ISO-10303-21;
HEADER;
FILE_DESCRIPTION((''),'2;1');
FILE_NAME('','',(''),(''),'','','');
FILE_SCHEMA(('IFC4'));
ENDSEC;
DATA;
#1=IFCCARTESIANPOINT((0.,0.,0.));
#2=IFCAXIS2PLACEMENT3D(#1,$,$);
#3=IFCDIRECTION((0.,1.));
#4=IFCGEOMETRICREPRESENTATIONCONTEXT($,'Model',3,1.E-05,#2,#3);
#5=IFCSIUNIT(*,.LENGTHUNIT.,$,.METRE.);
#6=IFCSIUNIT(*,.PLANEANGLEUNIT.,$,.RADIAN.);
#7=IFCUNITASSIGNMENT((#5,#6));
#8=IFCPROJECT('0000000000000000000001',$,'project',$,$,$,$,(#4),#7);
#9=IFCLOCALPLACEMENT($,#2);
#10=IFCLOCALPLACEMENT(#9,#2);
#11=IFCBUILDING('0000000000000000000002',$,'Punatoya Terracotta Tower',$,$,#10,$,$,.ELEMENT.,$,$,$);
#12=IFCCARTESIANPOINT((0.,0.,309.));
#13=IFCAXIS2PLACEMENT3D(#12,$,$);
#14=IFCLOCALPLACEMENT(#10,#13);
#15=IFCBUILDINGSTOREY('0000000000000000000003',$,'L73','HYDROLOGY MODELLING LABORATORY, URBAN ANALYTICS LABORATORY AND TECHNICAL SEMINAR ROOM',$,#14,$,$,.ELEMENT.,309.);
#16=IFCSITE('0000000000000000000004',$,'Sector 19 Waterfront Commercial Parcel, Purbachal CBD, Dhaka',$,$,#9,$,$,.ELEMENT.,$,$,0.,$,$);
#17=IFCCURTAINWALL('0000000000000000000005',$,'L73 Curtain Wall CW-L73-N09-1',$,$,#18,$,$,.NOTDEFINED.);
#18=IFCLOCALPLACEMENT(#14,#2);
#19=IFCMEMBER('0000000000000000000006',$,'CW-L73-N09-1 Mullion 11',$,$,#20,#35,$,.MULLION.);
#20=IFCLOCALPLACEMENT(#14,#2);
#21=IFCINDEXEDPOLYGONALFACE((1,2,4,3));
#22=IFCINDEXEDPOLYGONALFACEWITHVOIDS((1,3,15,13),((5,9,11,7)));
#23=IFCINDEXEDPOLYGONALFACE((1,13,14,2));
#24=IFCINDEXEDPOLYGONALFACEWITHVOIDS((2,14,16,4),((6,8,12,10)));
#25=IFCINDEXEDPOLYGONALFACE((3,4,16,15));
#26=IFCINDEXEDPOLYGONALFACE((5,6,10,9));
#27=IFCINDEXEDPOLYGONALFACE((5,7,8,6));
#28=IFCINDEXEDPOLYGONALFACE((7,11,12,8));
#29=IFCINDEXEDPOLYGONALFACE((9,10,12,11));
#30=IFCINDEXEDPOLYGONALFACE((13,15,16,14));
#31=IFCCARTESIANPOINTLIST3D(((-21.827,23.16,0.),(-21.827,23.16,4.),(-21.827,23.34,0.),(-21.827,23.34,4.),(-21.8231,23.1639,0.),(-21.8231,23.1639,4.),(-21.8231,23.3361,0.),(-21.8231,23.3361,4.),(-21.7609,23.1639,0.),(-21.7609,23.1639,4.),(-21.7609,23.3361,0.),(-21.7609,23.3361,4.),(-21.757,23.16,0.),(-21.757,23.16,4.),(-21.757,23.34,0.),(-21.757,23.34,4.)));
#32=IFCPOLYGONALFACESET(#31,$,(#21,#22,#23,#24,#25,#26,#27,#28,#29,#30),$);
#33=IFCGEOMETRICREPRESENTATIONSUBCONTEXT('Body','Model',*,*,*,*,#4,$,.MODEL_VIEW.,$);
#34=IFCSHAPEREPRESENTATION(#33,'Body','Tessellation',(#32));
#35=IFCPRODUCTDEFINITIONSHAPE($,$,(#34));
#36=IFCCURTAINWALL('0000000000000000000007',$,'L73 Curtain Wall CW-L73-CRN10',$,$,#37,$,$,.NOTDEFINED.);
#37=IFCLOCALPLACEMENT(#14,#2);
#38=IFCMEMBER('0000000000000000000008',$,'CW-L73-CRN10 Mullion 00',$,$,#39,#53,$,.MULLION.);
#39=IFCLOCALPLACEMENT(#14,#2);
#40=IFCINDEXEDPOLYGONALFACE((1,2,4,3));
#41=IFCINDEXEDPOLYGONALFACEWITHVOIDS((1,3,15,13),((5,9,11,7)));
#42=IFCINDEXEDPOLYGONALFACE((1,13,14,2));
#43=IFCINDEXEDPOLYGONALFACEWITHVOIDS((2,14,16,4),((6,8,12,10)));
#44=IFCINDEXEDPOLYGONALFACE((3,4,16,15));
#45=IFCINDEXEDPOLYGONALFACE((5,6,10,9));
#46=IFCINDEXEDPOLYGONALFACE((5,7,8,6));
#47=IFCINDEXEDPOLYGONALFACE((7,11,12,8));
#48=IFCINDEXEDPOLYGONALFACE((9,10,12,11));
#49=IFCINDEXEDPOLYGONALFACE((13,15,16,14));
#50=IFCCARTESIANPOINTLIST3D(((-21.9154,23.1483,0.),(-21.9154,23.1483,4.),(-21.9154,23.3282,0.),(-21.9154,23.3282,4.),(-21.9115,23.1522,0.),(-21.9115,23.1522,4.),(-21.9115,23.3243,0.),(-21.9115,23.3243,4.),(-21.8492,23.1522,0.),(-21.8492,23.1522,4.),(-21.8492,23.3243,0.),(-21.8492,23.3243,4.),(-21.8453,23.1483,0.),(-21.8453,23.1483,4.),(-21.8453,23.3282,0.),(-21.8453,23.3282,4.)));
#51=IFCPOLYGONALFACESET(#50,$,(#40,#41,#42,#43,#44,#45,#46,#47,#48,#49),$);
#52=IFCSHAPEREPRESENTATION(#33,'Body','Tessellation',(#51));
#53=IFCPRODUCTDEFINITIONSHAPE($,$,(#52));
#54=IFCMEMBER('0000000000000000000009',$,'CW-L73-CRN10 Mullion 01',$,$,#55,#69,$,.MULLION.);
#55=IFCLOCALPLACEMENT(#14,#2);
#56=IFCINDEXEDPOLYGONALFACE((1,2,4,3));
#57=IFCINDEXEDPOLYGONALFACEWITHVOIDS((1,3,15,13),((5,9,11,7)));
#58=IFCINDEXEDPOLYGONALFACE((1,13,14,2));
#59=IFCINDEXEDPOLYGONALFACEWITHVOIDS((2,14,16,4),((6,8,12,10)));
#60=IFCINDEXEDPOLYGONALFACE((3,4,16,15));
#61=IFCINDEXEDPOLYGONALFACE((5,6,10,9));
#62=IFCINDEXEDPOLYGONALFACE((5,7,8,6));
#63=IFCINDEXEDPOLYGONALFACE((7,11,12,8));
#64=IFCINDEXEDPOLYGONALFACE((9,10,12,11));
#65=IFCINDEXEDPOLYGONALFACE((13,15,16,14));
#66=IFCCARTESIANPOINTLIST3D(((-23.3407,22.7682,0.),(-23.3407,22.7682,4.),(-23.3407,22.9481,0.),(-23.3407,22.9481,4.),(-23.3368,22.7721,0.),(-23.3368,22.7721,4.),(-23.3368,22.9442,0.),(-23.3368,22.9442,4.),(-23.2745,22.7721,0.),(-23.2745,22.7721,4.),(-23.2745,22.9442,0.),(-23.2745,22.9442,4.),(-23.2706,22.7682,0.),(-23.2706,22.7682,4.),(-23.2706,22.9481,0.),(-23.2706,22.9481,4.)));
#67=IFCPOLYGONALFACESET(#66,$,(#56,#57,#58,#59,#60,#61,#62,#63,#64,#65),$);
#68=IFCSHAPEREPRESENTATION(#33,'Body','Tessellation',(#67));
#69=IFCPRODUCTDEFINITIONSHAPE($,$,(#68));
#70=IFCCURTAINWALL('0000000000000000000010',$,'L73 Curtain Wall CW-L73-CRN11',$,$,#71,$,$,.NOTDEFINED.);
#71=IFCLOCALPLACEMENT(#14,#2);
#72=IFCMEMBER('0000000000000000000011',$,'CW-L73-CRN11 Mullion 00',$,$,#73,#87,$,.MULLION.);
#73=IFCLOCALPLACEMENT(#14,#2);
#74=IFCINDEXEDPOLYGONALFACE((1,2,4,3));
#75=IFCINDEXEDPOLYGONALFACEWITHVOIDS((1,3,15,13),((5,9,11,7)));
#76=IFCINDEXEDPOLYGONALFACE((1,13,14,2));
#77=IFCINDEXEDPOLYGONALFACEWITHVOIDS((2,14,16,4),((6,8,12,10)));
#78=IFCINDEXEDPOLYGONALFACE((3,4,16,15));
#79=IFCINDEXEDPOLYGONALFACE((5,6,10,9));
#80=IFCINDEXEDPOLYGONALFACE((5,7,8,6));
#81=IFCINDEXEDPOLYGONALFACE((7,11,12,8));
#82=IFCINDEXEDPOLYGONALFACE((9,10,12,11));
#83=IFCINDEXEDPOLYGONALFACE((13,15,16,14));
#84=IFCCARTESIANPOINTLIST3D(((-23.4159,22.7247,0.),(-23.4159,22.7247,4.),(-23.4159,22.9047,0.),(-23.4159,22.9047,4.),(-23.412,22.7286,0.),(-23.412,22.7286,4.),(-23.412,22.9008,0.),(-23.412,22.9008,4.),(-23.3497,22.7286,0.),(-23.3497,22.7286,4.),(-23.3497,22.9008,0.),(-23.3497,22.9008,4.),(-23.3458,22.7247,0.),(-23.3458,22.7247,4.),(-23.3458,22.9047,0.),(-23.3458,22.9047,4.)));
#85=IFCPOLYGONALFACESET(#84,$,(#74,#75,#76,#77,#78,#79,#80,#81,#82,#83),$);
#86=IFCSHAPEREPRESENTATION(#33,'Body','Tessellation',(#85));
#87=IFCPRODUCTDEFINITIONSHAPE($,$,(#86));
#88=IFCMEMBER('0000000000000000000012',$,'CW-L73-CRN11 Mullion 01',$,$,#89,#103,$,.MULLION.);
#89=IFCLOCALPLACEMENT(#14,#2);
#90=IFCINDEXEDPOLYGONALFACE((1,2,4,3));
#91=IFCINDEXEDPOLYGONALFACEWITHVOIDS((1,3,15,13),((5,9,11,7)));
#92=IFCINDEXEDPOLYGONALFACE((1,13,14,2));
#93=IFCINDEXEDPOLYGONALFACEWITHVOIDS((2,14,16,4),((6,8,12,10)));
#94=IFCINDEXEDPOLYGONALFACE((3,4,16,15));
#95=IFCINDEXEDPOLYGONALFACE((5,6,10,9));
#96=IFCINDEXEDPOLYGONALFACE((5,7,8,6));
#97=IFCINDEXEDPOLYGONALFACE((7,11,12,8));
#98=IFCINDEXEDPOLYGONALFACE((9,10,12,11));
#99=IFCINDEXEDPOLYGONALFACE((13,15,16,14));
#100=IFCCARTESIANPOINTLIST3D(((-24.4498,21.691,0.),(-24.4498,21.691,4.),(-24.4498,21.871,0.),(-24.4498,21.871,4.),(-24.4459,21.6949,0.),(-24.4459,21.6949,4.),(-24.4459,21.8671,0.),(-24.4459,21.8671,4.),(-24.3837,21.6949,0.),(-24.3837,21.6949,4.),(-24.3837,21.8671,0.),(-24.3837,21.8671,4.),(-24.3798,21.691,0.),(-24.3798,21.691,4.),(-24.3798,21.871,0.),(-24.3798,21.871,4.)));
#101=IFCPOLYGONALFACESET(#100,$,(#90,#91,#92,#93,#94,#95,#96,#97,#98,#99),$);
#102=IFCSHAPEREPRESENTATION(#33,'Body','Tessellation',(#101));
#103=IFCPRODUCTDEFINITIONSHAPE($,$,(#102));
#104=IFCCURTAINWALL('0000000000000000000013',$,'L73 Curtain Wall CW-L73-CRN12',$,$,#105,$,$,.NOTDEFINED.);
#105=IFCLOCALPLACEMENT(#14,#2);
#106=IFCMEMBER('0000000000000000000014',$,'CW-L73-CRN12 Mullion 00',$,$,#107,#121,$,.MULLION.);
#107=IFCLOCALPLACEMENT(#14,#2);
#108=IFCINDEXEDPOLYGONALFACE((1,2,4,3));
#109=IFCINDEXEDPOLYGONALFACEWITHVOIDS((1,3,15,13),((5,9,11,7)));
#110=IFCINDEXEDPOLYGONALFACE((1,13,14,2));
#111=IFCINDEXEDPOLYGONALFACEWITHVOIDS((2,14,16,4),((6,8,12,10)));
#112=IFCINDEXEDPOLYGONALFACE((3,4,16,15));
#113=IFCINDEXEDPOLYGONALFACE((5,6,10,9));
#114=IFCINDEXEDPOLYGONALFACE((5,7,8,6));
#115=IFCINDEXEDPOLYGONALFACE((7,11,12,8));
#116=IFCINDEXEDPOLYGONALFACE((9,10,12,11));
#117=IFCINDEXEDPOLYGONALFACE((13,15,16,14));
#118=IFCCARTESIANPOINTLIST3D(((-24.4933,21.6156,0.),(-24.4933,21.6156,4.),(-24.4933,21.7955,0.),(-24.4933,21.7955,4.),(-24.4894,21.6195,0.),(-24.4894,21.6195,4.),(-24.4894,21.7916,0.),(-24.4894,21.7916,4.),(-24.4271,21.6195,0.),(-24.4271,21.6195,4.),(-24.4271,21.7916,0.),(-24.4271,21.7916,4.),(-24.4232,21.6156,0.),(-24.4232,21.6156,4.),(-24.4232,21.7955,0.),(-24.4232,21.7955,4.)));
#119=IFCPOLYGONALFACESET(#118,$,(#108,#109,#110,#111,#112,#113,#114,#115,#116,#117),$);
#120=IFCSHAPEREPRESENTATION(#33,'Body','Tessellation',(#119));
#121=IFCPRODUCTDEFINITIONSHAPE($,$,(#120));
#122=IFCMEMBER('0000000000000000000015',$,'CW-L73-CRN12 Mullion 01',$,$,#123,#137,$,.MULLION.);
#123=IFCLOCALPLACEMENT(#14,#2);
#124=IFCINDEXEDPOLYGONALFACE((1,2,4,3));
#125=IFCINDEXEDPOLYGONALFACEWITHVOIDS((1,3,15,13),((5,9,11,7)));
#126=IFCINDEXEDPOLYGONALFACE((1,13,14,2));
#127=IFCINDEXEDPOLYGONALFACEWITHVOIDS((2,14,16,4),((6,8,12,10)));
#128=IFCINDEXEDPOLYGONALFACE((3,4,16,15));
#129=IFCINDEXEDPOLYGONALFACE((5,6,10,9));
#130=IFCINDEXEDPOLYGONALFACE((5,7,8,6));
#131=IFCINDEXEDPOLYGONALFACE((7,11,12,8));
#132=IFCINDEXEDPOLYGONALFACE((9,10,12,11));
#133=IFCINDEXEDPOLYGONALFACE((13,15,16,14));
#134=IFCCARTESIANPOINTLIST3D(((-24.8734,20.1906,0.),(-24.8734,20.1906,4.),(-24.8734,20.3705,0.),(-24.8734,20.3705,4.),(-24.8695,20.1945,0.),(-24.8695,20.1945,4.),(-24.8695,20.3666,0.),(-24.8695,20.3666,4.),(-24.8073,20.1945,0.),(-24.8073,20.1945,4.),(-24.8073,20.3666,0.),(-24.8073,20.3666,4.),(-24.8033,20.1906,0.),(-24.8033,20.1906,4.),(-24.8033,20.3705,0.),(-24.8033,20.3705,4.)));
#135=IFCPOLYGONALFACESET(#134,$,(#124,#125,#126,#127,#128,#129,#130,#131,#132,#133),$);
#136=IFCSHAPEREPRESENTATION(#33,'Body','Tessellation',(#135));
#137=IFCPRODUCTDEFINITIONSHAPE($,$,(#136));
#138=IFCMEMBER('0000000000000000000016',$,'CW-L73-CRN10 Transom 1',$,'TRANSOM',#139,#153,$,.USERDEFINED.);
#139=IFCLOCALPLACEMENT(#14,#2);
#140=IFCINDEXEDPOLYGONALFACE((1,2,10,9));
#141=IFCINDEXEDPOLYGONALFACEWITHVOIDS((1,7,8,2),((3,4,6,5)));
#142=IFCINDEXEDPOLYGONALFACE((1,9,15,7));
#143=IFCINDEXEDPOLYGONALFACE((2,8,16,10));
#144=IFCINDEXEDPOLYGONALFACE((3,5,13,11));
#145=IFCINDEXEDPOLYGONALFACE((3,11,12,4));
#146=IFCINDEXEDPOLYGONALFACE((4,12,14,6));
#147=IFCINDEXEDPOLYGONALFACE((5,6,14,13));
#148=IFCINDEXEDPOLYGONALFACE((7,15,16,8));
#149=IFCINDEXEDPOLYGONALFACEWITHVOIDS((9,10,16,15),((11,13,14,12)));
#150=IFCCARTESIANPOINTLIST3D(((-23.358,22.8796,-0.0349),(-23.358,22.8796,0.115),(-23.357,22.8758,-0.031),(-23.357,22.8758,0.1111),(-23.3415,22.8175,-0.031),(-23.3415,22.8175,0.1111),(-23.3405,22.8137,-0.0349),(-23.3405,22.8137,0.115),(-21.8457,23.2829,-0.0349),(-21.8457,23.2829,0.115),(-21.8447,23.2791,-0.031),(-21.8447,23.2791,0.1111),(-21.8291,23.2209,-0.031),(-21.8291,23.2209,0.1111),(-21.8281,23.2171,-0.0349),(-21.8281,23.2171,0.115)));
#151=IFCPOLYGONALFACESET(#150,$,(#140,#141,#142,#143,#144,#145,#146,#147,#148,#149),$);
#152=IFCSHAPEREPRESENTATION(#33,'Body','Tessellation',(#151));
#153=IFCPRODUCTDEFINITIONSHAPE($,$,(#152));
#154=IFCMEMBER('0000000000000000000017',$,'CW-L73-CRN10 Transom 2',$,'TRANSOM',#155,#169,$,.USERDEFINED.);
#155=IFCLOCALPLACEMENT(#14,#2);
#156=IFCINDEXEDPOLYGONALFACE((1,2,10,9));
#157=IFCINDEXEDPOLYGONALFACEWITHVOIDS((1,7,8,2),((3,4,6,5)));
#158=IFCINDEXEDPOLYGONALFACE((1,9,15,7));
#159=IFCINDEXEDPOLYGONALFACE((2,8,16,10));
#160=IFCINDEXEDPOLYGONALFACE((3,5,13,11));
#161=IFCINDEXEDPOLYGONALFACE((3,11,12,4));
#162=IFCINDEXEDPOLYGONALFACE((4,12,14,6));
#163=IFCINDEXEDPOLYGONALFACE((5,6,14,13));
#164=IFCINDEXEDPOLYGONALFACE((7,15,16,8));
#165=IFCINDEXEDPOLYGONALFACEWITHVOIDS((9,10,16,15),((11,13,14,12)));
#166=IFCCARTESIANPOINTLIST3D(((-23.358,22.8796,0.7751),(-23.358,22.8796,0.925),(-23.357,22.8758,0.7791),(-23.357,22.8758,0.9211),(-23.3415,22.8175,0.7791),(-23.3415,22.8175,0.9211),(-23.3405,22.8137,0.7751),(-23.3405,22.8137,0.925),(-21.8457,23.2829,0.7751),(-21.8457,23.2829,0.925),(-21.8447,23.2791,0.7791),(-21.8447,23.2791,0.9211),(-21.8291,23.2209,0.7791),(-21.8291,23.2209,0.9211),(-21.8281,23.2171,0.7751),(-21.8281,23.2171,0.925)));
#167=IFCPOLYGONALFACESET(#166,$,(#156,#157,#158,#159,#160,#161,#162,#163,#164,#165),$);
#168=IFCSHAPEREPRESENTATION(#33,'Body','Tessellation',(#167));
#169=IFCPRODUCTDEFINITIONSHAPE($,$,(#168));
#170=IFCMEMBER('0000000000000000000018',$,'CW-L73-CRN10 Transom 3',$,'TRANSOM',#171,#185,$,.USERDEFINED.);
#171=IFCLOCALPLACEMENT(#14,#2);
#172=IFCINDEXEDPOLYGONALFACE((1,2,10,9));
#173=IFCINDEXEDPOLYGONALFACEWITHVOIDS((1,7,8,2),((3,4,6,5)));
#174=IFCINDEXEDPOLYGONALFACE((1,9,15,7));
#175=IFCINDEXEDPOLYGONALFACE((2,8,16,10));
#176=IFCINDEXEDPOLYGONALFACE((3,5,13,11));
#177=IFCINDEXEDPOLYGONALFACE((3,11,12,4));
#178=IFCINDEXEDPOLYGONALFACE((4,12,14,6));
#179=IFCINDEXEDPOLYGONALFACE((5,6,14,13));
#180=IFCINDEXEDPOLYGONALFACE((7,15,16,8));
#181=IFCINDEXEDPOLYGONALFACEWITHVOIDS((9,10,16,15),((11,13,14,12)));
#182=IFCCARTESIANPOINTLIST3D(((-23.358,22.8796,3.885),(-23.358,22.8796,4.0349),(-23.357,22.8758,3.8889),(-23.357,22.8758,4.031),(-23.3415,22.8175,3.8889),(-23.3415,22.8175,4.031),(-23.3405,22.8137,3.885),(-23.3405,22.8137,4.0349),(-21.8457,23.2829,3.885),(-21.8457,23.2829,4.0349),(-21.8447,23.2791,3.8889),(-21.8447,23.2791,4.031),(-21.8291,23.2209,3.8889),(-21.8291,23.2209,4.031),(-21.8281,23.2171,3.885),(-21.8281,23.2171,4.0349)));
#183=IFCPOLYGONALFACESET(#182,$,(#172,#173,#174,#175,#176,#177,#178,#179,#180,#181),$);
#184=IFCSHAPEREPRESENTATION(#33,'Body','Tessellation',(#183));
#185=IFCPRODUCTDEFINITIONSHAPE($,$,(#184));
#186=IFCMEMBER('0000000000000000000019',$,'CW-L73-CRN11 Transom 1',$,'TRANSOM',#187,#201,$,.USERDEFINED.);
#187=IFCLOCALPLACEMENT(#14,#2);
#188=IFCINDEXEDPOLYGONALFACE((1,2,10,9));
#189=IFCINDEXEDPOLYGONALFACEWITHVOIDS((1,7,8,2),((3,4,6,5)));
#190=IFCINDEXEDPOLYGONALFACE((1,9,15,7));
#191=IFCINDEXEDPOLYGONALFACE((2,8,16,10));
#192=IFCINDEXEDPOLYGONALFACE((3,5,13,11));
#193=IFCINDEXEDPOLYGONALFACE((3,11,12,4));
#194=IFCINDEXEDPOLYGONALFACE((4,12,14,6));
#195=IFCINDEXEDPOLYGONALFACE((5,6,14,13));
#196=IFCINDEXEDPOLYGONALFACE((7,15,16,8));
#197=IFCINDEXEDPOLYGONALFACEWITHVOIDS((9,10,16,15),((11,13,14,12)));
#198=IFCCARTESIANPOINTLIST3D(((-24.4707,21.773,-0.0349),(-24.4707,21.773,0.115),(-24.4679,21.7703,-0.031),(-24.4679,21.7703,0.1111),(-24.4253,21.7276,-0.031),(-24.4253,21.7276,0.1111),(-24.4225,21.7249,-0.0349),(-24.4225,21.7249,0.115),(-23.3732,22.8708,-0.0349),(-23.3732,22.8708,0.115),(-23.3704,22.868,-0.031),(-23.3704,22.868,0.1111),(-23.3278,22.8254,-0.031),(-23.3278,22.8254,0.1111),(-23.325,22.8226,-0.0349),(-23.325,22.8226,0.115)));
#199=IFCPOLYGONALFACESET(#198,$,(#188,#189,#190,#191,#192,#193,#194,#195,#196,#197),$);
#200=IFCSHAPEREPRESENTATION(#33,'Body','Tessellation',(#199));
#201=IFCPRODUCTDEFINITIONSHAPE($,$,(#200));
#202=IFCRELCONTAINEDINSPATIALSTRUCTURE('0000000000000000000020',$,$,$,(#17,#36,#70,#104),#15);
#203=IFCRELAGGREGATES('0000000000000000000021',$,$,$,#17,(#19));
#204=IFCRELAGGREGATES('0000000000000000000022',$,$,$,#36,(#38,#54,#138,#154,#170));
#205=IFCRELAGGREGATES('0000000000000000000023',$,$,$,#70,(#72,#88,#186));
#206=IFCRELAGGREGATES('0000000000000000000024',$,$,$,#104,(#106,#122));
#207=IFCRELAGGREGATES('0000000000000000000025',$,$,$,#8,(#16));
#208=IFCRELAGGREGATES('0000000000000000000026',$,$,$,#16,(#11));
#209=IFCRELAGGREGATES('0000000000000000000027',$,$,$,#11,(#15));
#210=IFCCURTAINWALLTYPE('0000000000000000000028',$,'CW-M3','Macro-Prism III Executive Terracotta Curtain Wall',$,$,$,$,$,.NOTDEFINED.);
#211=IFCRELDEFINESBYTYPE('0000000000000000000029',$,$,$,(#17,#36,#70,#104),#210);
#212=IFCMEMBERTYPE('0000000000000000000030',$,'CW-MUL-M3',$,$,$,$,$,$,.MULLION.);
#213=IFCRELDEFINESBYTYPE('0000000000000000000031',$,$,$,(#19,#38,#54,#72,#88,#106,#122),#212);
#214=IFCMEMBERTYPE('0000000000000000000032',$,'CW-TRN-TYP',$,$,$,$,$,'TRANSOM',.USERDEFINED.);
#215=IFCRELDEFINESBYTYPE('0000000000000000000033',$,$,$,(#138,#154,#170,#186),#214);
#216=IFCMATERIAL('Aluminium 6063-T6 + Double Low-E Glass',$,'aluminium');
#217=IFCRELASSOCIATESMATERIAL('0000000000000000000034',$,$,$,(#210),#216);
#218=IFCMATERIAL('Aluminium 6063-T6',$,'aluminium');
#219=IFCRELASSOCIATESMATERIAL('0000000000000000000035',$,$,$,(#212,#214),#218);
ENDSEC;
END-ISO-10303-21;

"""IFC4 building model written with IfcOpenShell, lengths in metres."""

from ifc_helpers import new_model, si_unit, direction, frame, origin, origin_2d, place, context, subcontext, project, spatial, hollow_rectangle, extrude, material, material_profile, profile_set, type_object, element, aggregate, save


model = new_model("IFC4")

# Units and contexts
model_context = context("Model", 3, precision=1e-05, world=origin(), true_north=direction((0.0, 1.0)))
body_context = subcontext(model_context, "Body", "Model", "MODEL_VIEW")
ifc_project = project(units=[si_unit("LENGTHUNIT", "METRE"), si_unit("PLANEANGLEUNIT", "RADIAN")], contexts=[model_context])

# Site, building, storey
site_placement = place(None, origin())
site = spatial("IfcSite", under=ifc_project, at=site_placement, Name="Sector 19 Waterfront Commercial Parcel, Purbachal CBD, Dhaka", CompositionType="ELEMENT", RefElevation=0.0)
building_placement = place(site_placement, origin())
building = spatial("IfcBuilding", under=site, at=building_placement, Name="Punatoya Terracotta Tower", CompositionType="ELEMENT")
storey_placement = place(building_placement, frame((0.0, 0.0, 309.0)))
storey = spatial("IfcBuildingStorey", under=building, at=storey_placement, Name="L73", Description="HYDROLOGY MODELLING LABORATORY, URBAN ANALYTICS LABORATORY AND TECHNICAL SEMINAR ROOM", CompositionType="ELEMENT", Elevation=309.0)

# Curtain wall, member
ifc_material_1 = material(Name="Aluminium 6063-T6 + Double Low-E Glass", Category="aluminium")
curtain_wall_type = type_object("IfcCurtainWallType", Name="CW-M3", Description="Macro-Prism III Executive Terracotta Curtain Wall", PredefinedType="NOTDEFINED", material=ifc_material_1)
curtain_wall_1_placement = place(storey_placement, origin())
curtain_wall_1 = element("IfcCurtainWall", 1, at=curtain_wall_1_placement, inside=storey, type_object=curtain_wall_type, Name="L73 Curtain Wall CW-L73-N09-1", PredefinedType="NOTDEFINED")
ifc_material_2 = material(Name="Aluminium 6063-T6", Category="aluminium")
ifc_material_profile_1 = material_profile(ifc_material_2, hollow_rectangle(XDim=0.0701, YDim=0.1799, WallThickness=0.0039, at=origin_2d()))
ifc_profile_set_1 = profile_set([ifc_material_profile_1], Name="Aluminium 6063-T6")
member_type_1 = type_object("IfcMemberType", Name="CW-MUL-M3", PredefinedType="MULLION", material=ifc_profile_set_1)
member_1_placement = place(storey_placement, frame((-21.792, 23.25, 0.0), z_axis=(0.0, 0.0, 1.0), x_axis=(1.0, 0.0, 0.0)))
member_1 = element("IfcMember", 2, at=member_1_placement, type_object=member_type_1, Name="CW-L73-N09-1 Mullion 11", PredefinedType="MULLION", context=body_context, shape_type="SweptSolid", body=[
    extrude(hollow_rectangle(XDim=0.0701, YDim=0.1799, WallThickness=0.0039, at=origin_2d()), origin(), (0.0, 0.0, 1.0), 4.0),
])

# Curtain walls, members
curtain_wall_2_placement = place(storey_placement, origin())
curtain_wall_2 = element("IfcCurtainWall", 3, at=curtain_wall_2_placement, inside=storey, type_object=curtain_wall_type, Name="L73 Curtain Wall CW-L73-CRN10", PredefinedType="NOTDEFINED")
member_2_placement = place(storey_placement, frame((-21.8804, 23.2383, 0.0), z_axis=(0.0, 0.0, 1.0), x_axis=(1.0, 0.0, 0.0)))
member_2 = element("IfcMember", 4, at=member_2_placement, type_object=member_type_1, Name="CW-L73-CRN10 Mullion 00", PredefinedType="MULLION", context=body_context, shape_type="SweptSolid", body=[
    extrude(hollow_rectangle(XDim=0.0701, YDim=0.1799, WallThickness=0.0039, at=origin_2d()), origin(), (0.0, 0.0, 1.0), 4.0),
])
member_3_placement = place(storey_placement, frame((-23.3057, 22.8582, 0.0), z_axis=(0.0, 0.0, 1.0), x_axis=(1.0, 0.0, 0.0)))
member_3 = element("IfcMember", 5, at=member_3_placement, type_object=member_type_1, Name="CW-L73-CRN10 Mullion 01", PredefinedType="MULLION", context=body_context, shape_type="SweptSolid", body=[
    extrude(hollow_rectangle(XDim=0.0701, YDim=0.1799, WallThickness=0.0039, at=origin_2d()), origin(), (0.0, 0.0, 1.0), 4.0),
])
curtain_wall_3_placement = place(storey_placement, origin())
curtain_wall_3 = element("IfcCurtainWall", 6, at=curtain_wall_3_placement, inside=storey, type_object=curtain_wall_type, Name="L73 Curtain Wall CW-L73-CRN11", PredefinedType="NOTDEFINED")
member_4_placement = place(storey_placement, frame((-23.3809, 22.8147, 0.0), z_axis=(0.0, 0.0, 1.0), x_axis=(1.0, 0.0, 0.0)))
member_4 = element("IfcMember", 7, at=member_4_placement, type_object=member_type_1, Name="CW-L73-CRN11 Mullion 00", PredefinedType="MULLION", context=body_context, shape_type="SweptSolid", body=[
    extrude(hollow_rectangle(XDim=0.0701, YDim=0.1799, WallThickness=0.0039, at=origin_2d()), origin(), (0.0, 0.0, 1.0), 4.0),
])
member_5_placement = place(storey_placement, frame((-24.4148, 21.781, 0.0), z_axis=(0.0, 0.0, 1.0), x_axis=(1.0, 0.0, 0.0)))
member_5 = element("IfcMember", 8, at=member_5_placement, type_object=member_type_1, Name="CW-L73-CRN11 Mullion 01", PredefinedType="MULLION", context=body_context, shape_type="SweptSolid", body=[
    extrude(hollow_rectangle(XDim=0.0701, YDim=0.1799, WallThickness=0.0039, at=origin_2d()), origin(), (0.0, 0.0, 1.0), 4.0),
])
curtain_wall_4_placement = place(storey_placement, origin())
curtain_wall_4 = element("IfcCurtainWall", 9, at=curtain_wall_4_placement, inside=storey, type_object=curtain_wall_type, Name="L73 Curtain Wall CW-L73-CRN12", PredefinedType="NOTDEFINED")
member_6_placement = place(storey_placement, frame((-24.4583, 21.7056, 0.0), z_axis=(0.0, 0.0, 1.0), x_axis=(1.0, 0.0, 0.0)))
member_6 = element("IfcMember", 10, at=member_6_placement, type_object=member_type_1, Name="CW-L73-CRN12 Mullion 00", PredefinedType="MULLION", context=body_context, shape_type="SweptSolid", body=[
    extrude(hollow_rectangle(XDim=0.0701, YDim=0.1799, WallThickness=0.0039, at=origin_2d()), origin(), (0.0, 0.0, 1.0), 4.0),
])
member_7_placement = place(storey_placement, frame((-24.8384, 20.2805, 0.0), z_axis=(0.0, 0.0, 1.0), x_axis=(1.0, 0.0, 0.0)))
member_7 = element("IfcMember", 11, at=member_7_placement, type_object=member_type_1, Name="CW-L73-CRN12 Mullion 01", PredefinedType="MULLION", context=body_context, shape_type="SweptSolid", body=[
    extrude(hollow_rectangle(XDim=0.0701, YDim=0.1799, WallThickness=0.0039, at=origin_2d()), origin(), (0.0, 0.0, 1.0), 4.0),
])

# Members
ifc_material_profile_2 = material_profile(ifc_material_2, hollow_rectangle(XDim=0.0681, YDim=0.1499, WallThickness=0.0039, at=origin_2d()))
ifc_profile_set_2 = profile_set([ifc_material_profile_2], Name="Aluminium 6063-T6")
member_type_2 = type_object("IfcMemberType", Name="CW-TRN-TYP", ElementType="TRANSOM", PredefinedType="USERDEFINED", material=ifc_profile_set_2)
member_8_placement = place(storey_placement, frame((-21.8369, 23.25, 0.04), z_axis=(-0.966225, -0.257701, 0.0), x_axis=(0.257701, -0.966225, 0.0)))
member_8 = element("IfcMember", 12, at=member_8_placement, type_object=member_type_2, Name="CW-L73-CRN10 Transom 1", ObjectType="TRANSOM", PredefinedType="USERDEFINED", context=body_context, shape_type="SweptSolid", body=[
    extrude(hollow_rectangle(XDim=0.0681, YDim=0.1499, WallThickness=0.0039, at=origin_2d()), origin(), (0.0, 0.0, 1.0), 1.5652),
])
member_9_placement = place(storey_placement, frame((-21.8369, 23.25, 0.8501), z_axis=(-0.966225, -0.257701, 0.0), x_axis=(0.257701, -0.966225, 0.0)))
member_9 = element("IfcMember", 13, at=member_9_placement, type_object=member_type_2, Name="CW-L73-CRN10 Transom 2", ObjectType="TRANSOM", PredefinedType="USERDEFINED", context=body_context, shape_type="SweptSolid", body=[
    extrude(hollow_rectangle(XDim=0.0681, YDim=0.1499, WallThickness=0.0039, at=origin_2d()), origin(), (0.0, 0.0, 1.0), 1.5652),
])
member_10_placement = place(storey_placement, frame((-21.8369, 23.25, 3.96), z_axis=(-0.966225, -0.257701, 0.0), x_axis=(0.257701, -0.966225, 0.0)))
member_10 = element("IfcMember", 14, at=member_10_placement, type_object=member_type_2, Name="CW-L73-CRN10 Transom 3", ObjectType="TRANSOM", PredefinedType="USERDEFINED", context=body_context, shape_type="SweptSolid", body=[
    extrude(hollow_rectangle(XDim=0.0681, YDim=0.1499, WallThickness=0.0039, at=origin_2d()), origin(), (0.0, 0.0, 1.0), 1.5652),
])
member_11_placement = place(storey_placement, frame((-23.3491, 22.8467, 0.04), z_axis=(-0.707028, -0.707185, 0.0), x_axis=(0.707185, -0.707028, 0.0)))
member_11 = element("IfcMember", 15, at=member_11_placement, type_object=member_type_2, Name="CW-L73-CRN11 Transom 1", ObjectType="TRANSOM", PredefinedType="USERDEFINED", context=body_context, shape_type="SweptSolid", body=[
    extrude(hollow_rectangle(XDim=0.0681, YDim=0.1499, WallThickness=0.0039, at=origin_2d()), origin(), (0.0, 0.0, 1.0), 1.5522),
])

aggregate(curtain_wall_1, [member_1])
aggregate(curtain_wall_2, [member_2, member_3, member_8, member_9, member_10])
aggregate(curtain_wall_3, [member_4, member_5, member_11])
aggregate(curtain_wall_4, [member_6, member_7])

save(model, "model.ifc")
